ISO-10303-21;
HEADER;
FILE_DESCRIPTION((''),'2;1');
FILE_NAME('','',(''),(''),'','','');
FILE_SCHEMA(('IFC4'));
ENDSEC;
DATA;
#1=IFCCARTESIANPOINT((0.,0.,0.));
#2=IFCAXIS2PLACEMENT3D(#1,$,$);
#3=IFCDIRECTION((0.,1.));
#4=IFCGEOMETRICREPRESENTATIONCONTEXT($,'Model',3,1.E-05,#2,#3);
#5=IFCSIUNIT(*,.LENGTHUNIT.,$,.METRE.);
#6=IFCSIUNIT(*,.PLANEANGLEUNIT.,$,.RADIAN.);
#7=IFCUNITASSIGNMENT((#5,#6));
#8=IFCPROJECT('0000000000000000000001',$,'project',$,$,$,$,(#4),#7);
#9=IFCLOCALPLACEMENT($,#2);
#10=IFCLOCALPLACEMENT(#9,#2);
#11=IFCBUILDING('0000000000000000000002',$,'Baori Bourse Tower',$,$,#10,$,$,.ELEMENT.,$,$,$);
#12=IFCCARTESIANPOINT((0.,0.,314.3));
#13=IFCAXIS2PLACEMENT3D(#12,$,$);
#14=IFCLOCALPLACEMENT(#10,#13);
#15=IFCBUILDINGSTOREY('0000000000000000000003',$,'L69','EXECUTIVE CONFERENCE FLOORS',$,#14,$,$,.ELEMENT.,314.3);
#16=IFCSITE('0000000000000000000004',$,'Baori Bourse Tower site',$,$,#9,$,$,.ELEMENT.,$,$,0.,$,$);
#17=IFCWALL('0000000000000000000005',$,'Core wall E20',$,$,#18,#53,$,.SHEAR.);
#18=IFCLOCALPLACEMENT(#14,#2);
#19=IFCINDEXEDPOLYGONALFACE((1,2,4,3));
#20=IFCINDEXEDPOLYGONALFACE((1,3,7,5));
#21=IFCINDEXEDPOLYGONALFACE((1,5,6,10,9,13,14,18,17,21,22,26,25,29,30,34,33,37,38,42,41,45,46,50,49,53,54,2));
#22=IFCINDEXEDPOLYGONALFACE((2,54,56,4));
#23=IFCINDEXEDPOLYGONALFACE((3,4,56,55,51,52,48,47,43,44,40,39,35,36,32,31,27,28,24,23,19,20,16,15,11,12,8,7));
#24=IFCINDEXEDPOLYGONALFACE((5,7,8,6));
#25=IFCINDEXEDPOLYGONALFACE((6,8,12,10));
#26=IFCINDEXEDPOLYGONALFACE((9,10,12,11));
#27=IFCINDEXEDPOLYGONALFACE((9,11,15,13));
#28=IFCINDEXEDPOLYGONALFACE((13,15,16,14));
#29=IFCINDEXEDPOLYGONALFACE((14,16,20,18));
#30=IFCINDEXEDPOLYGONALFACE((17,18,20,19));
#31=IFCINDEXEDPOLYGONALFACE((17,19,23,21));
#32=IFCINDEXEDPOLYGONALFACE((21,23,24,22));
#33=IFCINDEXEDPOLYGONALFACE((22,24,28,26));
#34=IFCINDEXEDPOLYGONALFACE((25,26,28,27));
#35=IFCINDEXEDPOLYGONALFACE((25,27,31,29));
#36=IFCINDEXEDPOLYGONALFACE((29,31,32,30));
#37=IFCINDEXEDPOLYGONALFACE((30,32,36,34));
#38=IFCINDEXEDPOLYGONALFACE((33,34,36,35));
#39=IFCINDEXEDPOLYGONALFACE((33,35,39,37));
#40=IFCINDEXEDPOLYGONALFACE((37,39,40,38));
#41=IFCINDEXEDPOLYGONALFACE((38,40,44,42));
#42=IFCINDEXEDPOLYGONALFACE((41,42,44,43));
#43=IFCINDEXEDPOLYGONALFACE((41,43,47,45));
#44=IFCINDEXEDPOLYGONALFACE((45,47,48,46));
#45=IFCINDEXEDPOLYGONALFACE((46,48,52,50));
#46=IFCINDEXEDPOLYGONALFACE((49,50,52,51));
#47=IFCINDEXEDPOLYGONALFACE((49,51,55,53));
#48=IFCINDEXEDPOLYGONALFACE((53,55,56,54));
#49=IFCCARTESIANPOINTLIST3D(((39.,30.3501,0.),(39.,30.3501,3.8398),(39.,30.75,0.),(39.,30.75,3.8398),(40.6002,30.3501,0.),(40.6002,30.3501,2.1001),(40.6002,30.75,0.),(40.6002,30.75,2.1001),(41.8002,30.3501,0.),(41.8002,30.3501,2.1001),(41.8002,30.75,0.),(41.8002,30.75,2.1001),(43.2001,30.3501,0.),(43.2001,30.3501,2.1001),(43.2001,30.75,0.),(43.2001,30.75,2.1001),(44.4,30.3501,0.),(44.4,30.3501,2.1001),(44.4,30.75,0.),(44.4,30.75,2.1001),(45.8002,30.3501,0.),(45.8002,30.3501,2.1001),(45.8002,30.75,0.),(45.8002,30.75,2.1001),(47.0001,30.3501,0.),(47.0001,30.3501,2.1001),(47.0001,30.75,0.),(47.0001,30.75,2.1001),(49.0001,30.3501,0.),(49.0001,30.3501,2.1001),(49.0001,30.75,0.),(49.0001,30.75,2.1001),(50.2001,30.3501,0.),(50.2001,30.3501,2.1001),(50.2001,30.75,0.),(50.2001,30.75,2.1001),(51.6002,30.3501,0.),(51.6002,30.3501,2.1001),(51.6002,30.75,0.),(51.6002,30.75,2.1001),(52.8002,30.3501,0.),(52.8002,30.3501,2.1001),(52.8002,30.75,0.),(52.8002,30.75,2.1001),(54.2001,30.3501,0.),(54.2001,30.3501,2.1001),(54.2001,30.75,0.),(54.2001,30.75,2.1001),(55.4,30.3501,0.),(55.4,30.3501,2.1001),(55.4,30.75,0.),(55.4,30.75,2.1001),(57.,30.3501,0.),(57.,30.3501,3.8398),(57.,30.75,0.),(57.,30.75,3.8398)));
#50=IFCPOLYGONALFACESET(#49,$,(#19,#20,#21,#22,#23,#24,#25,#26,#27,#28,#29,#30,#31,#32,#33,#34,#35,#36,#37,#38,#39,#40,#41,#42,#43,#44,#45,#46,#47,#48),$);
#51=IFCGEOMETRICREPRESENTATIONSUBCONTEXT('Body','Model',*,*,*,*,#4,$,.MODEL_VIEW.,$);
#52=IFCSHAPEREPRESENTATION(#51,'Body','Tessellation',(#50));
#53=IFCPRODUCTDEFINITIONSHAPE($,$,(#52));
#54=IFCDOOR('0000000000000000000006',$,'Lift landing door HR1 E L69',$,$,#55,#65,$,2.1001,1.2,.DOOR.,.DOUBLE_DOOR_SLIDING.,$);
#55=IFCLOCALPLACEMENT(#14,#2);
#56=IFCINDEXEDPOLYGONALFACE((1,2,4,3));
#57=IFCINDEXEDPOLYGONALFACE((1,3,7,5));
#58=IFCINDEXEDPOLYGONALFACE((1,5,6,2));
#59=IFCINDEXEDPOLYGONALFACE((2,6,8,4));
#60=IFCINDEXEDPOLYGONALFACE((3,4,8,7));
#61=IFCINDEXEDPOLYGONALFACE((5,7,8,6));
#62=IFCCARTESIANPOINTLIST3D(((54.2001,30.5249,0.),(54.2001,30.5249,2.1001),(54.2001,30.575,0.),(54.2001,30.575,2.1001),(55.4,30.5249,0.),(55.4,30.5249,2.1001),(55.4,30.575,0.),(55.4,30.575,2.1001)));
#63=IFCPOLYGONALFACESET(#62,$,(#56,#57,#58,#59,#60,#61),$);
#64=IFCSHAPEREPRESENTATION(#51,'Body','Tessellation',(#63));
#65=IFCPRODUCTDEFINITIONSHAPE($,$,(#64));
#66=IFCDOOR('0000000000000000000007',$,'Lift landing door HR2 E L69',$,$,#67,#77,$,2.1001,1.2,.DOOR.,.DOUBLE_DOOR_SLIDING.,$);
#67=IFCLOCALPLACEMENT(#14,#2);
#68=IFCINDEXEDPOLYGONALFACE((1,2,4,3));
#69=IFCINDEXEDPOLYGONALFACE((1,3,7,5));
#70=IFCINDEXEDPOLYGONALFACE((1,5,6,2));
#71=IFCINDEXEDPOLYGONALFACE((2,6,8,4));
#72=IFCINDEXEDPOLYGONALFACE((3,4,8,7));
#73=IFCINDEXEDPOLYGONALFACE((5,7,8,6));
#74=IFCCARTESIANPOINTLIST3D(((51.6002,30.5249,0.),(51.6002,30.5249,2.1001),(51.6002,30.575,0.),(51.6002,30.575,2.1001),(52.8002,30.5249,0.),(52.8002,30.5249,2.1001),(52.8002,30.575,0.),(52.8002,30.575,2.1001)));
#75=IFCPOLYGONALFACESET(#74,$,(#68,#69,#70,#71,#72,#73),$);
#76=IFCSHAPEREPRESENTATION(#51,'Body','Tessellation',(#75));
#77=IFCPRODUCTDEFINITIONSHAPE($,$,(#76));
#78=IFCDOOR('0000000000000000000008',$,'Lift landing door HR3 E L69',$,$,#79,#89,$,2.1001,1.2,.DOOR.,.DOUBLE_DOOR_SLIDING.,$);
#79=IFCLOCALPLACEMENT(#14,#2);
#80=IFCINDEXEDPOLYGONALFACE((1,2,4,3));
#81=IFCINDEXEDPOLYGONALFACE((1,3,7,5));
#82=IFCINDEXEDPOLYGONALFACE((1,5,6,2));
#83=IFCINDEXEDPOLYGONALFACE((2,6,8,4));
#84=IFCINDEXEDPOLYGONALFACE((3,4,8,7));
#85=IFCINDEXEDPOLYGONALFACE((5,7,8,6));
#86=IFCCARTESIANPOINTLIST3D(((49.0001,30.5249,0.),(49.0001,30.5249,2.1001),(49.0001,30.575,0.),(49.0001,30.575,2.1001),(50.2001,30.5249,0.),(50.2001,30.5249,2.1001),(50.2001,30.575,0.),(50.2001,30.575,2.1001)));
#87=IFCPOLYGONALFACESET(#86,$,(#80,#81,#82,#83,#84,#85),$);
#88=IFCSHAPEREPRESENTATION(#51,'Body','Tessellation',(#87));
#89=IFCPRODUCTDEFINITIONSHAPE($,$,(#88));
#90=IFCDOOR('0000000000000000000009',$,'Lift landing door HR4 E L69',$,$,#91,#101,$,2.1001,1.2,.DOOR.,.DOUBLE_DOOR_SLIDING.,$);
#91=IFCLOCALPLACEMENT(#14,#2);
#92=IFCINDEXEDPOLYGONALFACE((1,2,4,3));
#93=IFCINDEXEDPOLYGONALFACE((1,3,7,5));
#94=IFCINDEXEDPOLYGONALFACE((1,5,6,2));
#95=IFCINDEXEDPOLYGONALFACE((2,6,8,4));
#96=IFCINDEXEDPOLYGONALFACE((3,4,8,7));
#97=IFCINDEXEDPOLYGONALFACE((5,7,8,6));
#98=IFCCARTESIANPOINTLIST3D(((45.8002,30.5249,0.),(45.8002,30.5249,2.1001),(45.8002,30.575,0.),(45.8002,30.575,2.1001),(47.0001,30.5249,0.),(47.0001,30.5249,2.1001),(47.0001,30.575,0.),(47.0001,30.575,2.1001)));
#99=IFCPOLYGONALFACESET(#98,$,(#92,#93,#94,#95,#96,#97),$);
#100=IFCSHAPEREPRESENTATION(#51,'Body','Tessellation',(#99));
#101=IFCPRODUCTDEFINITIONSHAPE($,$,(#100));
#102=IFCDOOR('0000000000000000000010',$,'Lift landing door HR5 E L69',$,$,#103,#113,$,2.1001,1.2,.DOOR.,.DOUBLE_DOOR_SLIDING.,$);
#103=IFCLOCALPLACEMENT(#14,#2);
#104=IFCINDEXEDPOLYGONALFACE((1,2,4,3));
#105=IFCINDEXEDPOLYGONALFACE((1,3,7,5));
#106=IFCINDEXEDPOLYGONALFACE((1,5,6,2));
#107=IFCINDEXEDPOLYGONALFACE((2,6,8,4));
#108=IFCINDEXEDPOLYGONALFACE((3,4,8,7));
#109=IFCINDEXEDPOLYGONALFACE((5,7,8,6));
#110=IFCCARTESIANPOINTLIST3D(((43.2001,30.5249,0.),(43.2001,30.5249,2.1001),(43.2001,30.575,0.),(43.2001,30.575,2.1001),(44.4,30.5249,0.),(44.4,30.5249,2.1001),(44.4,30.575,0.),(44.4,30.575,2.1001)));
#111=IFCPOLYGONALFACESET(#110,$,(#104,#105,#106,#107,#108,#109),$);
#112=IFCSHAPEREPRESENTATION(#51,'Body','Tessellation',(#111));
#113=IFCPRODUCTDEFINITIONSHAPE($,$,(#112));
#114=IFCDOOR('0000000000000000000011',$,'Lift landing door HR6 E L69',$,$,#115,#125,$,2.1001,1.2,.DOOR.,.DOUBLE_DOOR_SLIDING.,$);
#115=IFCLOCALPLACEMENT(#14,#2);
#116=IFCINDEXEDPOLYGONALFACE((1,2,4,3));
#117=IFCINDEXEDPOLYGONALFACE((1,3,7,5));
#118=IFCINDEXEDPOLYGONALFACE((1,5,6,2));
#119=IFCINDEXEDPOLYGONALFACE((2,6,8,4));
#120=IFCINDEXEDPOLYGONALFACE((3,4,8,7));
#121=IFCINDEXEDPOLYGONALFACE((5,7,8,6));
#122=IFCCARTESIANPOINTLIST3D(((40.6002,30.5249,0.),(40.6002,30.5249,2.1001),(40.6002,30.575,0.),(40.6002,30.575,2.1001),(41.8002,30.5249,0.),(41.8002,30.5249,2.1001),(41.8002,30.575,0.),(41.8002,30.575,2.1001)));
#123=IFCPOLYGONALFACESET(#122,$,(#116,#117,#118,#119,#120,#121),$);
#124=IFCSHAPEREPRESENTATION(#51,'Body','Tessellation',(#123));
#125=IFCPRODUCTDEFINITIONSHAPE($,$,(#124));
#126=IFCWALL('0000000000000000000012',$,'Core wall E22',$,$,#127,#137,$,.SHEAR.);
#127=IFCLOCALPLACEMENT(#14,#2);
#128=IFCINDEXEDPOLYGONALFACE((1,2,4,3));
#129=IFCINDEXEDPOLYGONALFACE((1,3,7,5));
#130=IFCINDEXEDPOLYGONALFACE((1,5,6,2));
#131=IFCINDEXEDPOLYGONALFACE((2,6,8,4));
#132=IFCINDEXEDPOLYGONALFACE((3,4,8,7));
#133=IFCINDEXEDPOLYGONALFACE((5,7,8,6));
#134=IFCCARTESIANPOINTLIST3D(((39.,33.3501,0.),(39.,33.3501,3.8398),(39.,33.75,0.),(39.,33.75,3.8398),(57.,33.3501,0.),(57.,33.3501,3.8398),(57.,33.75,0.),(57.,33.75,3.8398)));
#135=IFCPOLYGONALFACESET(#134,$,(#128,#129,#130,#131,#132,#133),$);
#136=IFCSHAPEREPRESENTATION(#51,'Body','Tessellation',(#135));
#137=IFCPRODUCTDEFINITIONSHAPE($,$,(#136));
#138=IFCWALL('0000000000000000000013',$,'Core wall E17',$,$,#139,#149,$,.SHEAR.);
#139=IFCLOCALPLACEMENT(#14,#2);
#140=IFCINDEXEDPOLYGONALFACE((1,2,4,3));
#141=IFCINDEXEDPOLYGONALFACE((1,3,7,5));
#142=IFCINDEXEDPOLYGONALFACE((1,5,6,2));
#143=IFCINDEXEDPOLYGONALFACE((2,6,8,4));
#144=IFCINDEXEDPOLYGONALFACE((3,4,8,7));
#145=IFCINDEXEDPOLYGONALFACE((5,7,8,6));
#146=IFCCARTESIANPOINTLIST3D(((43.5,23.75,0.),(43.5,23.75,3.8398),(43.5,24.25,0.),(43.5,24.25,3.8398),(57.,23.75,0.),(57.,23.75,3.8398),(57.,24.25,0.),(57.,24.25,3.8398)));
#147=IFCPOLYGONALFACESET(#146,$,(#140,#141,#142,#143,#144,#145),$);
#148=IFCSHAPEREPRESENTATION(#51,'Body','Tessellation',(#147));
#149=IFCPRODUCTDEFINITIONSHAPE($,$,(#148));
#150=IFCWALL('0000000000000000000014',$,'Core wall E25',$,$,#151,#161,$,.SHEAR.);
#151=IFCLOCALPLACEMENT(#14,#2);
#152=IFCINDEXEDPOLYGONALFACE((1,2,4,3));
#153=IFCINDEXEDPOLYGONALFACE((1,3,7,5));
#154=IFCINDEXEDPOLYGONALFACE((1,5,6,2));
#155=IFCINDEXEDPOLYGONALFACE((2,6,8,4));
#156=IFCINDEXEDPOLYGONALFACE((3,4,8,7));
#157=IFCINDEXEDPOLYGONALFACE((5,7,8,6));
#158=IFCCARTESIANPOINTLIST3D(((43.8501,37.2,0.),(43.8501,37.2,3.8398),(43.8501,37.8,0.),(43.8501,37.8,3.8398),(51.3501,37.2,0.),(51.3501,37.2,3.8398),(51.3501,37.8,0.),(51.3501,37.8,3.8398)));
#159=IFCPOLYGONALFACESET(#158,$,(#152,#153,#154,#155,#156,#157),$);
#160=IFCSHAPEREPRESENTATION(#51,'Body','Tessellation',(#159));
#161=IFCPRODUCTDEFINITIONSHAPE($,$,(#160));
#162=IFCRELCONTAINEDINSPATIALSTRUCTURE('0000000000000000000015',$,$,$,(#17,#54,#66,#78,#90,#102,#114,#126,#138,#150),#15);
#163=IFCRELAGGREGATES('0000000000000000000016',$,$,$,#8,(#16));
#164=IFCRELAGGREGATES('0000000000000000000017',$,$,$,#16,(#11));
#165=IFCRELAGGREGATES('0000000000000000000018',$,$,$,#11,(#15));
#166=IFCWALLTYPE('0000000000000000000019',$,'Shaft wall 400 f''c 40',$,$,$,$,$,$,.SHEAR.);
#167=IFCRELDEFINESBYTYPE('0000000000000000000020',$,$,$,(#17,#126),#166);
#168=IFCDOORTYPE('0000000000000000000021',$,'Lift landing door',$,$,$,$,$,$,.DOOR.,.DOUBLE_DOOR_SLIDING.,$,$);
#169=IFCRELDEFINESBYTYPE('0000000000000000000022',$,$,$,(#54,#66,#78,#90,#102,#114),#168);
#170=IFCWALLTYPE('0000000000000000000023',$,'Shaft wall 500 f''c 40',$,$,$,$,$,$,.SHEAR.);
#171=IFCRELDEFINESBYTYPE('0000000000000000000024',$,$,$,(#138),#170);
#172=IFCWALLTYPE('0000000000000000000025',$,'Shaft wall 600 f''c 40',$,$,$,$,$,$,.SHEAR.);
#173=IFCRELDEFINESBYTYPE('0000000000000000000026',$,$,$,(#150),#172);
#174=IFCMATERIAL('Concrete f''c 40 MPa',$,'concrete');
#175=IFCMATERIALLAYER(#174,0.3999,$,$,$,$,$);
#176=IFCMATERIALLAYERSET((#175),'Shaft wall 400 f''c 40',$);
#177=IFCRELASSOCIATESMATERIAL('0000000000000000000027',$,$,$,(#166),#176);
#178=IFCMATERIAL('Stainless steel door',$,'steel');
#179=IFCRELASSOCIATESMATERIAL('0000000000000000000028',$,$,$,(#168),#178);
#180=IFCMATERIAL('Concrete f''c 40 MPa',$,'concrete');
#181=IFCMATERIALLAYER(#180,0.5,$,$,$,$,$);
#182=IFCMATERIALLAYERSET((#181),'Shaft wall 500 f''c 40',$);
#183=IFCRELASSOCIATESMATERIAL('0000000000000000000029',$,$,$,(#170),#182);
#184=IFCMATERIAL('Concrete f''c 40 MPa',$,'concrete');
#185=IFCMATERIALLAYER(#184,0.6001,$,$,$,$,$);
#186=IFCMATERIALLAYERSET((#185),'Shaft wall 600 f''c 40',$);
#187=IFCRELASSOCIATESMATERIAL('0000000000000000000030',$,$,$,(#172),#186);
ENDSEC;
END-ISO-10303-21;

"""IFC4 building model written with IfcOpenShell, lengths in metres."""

from ifc_helpers import new_model, si_unit, direction, frame, frame_2d, origin, place, context, subcontext, project, spatial, rectangle, extrude, material, layer, layer_set, type_object, element, fill, save


model = new_model("IFC4")

# Units and contexts
model_context = context("Model", 3, precision=1e-05, world=origin(), true_north=direction((0.0, 1.0)))
body_context = subcontext(model_context, "Body", "Model", "MODEL_VIEW")
ifc_project = project(units=[si_unit("LENGTHUNIT", "METRE"), si_unit("PLANEANGLEUNIT", "RADIAN")], contexts=[model_context])

# Site, building, storey
site_placement = place(None, origin())
site = spatial("IfcSite", under=ifc_project, at=site_placement, Name="Baori Bourse Tower site", CompositionType="ELEMENT", RefElevation=0.0)
building_placement = place(site_placement, origin())
building = spatial("IfcBuilding", under=site, at=building_placement, Name="Baori Bourse Tower", CompositionType="ELEMENT")
storey_placement = place(building_placement, frame((0.0, 0.0, 314.3)))
storey = spatial("IfcBuildingStorey", under=building, at=storey_placement, Name="L69", Description="EXECUTIVE CONFERENCE FLOORS", CompositionType="ELEMENT", Elevation=314.3)

# Wall, openings, doors
ifc_material_1 = material(Name="Concrete f'c 40 MPa", Category="concrete")
ifc_layer_1 = layer(ifc_material_1, 0.3999)
ifc_layer_set_1 = layer_set([ifc_layer_1], Name="Shaft wall 400 f'c 40")
wall_type_1 = type_object("IfcWallType", Name="Shaft wall 400 f'c 40", PredefinedType="SHEAR", material=ifc_layer_set_1)
ifc_material_2 = material(Name="Stainless steel door", Category="steel")
door_type_1 = type_object("IfcDoorType", Name="Lift landing door", OperationType="DOUBLE_DOOR_SLIDING", PredefinedType="DOOR", material=ifc_material_2)
wall_1_placement = place(storey_placement, frame((39.0, 30.55, 0.0), z_axis=(0.0, 0.0, 1.0), x_axis=(1.0, 0.0, 0.0)))
wall_1 = element("IfcWall", 1, at=wall_1_placement, inside=storey, type_object=wall_type_1, Name="Core wall E20", PredefinedType="SHEAR", context=body_context, shape_type="SweptSolid", body=[
    extrude(rectangle(XDim=18.0, YDim=0.3999, at=frame_2d((9.0, 0.0))), origin(), (0.0, 0.0, 1.0), 3.8398),
])
opening_1_placement = place(wall_1_placement, frame((15.2, 0.0, 0.0)))
opening_1 = element("IfcOpeningElement", 2, at=opening_1_placement, cuts=wall_1, PredefinedType="OPENING", context=body_context, shape_type="SweptSolid", body=[
    extrude(rectangle(XDim=1.2, YDim=2.1001, at=frame_2d((0.6001, 1.05))), frame((0.0, 0.21, 0.0), z_axis=(0.0, -1.0, 0.0), x_axis=(1.0, 0.0, 0.0)), (0.0, 0.0, 1.0), 0.4199),
])
opening_2_placement = place(wall_1_placement, frame((12.6001, 0.0, 0.0)))
opening_2 = element("IfcOpeningElement", 3, at=opening_2_placement, cuts=wall_1, PredefinedType="OPENING", context=body_context, shape_type="SweptSolid", body=[
    extrude(rectangle(XDim=1.2, YDim=2.1001, at=frame_2d((0.6001, 1.05))), frame((0.0, 0.21, 0.0), z_axis=(0.0, -1.0, 0.0), x_axis=(1.0, 0.0, 0.0)), (0.0, 0.0, 1.0), 0.4199),
])
opening_3_placement = place(wall_1_placement, frame((10.0, 0.0, 0.0)))
opening_3 = element("IfcOpeningElement", 4, at=opening_3_placement, cuts=wall_1, PredefinedType="OPENING", context=body_context, shape_type="SweptSolid", body=[
    extrude(rectangle(XDim=1.2, YDim=2.1001, at=frame_2d((0.6001, 1.05))), frame((0.0, 0.21, 0.0), z_axis=(0.0, -1.0, 0.0), x_axis=(1.0, 0.0, 0.0)), (0.0, 0.0, 1.0), 0.4199),
])
opening_4_placement = place(wall_1_placement, frame((6.8, 0.0, 0.0)))
opening_4 = element("IfcOpeningElement", 5, at=opening_4_placement, cuts=wall_1, PredefinedType="OPENING", context=body_context, shape_type="SweptSolid", body=[
    extrude(rectangle(XDim=1.2, YDim=2.1001, at=frame_2d((0.6001, 1.05))), frame((0.0, 0.21, 0.0), z_axis=(0.0, -1.0, 0.0), x_axis=(1.0, 0.0, 0.0)), (0.0, 0.0, 1.0), 0.4199),
])
opening_5_placement = place(wall_1_placement, frame((4.2, 0.0, 0.0)))
opening_5 = element("IfcOpeningElement", 6, at=opening_5_placement, cuts=wall_1, PredefinedType="OPENING", context=body_context, shape_type="SweptSolid", body=[
    extrude(rectangle(XDim=1.2, YDim=2.1001, at=frame_2d((0.6001, 1.05))), frame((0.0, 0.21, 0.0), z_axis=(0.0, -1.0, 0.0), x_axis=(1.0, 0.0, 0.0)), (0.0, 0.0, 1.0), 0.4199),
])
opening_6_placement = place(wall_1_placement, frame((1.6001, 0.0, 0.0)))
opening_6 = element("IfcOpeningElement", 7, at=opening_6_placement, cuts=wall_1, PredefinedType="OPENING", context=body_context, shape_type="SweptSolid", body=[
    extrude(rectangle(XDim=1.2, YDim=2.1001, at=frame_2d((0.6001, 1.05))), frame((0.0, 0.21, 0.0), z_axis=(0.0, -1.0, 0.0), x_axis=(1.0, 0.0, 0.0)), (0.0, 0.0, 1.0), 0.4199),
])
door_1_placement = place(opening_1_placement, origin())
door_1 = element("IfcDoor", 8, at=door_1_placement, inside=storey, type_object=door_type_1, Name="Lift landing door HR1 E L69", OperationType="DOUBLE_DOOR_SLIDING", OverallHeight=2.1001, OverallWidth=1.2, PredefinedType="DOOR", context=body_context, shape_type="SweptSolid", body=[
    extrude(rectangle(XDim=1.2, YDim=2.1001, at=frame_2d((0.6001, 1.05))), frame((0.0, 0.0249, 0.0), z_axis=(0.0, -1.0, 0.0), x_axis=(1.0, 0.0, 0.0)), (0.0, 0.0, 1.0), 0.05),
])
fill(opening_1, door_1)
door_2_placement = place(opening_2_placement, origin())
door_2 = element("IfcDoor", 9, at=door_2_placement, inside=storey, type_object=door_type_1, Name="Lift landing door HR2 E L69", OperationType="DOUBLE_DOOR_SLIDING", OverallHeight=2.1001, OverallWidth=1.2, PredefinedType="DOOR", context=body_context, shape_type="SweptSolid", body=[
    extrude(rectangle(XDim=1.2, YDim=2.1001, at=frame_2d((0.6001, 1.05))), frame((0.0, 0.0249, 0.0), z_axis=(0.0, -1.0, 0.0), x_axis=(1.0, 0.0, 0.0)), (0.0, 0.0, 1.0), 0.05),
])
fill(opening_2, door_2)
door_3_placement = place(opening_3_placement, origin())
door_3 = element("IfcDoor", 10, at=door_3_placement, inside=storey, type_object=door_type_1, Name="Lift landing door HR3 E L69", OperationType="DOUBLE_DOOR_SLIDING", OverallHeight=2.1001, OverallWidth=1.2, PredefinedType="DOOR", context=body_context, shape_type="SweptSolid", body=[
    extrude(rectangle(XDim=1.2, YDim=2.1001, at=frame_2d((0.6001, 1.05))), frame((0.0, 0.0249, 0.0), z_axis=(0.0, -1.0, 0.0), x_axis=(1.0, 0.0, 0.0)), (0.0, 0.0, 1.0), 0.05),
])
fill(opening_3, door_3)
door_4_placement = place(opening_4_placement, origin())
door_4 = element("IfcDoor", 11, at=door_4_placement, inside=storey, type_object=door_type_1, Name="Lift landing door HR4 E L69", OperationType="DOUBLE_DOOR_SLIDING", OverallHeight=2.1001, OverallWidth=1.2, PredefinedType="DOOR", context=body_context, shape_type="SweptSolid", body=[
    extrude(rectangle(XDim=1.2, YDim=2.1001, at=frame_2d((0.6001, 1.05))), frame((0.0, 0.0249, 0.0), z_axis=(0.0, -1.0, 0.0), x_axis=(1.0, 0.0, 0.0)), (0.0, 0.0, 1.0), 0.05),
])
fill(opening_4, door_4)
door_5_placement = place(opening_5_placement, origin())
door_5 = element("IfcDoor", 12, at=door_5_placement, inside=storey, type_object=door_type_1, Name="Lift landing door HR5 E L69", OperationType="DOUBLE_DOOR_SLIDING", OverallHeight=2.1001, OverallWidth=1.2, PredefinedType="DOOR", context=body_context, shape_type="SweptSolid", body=[
    extrude(rectangle(XDim=1.2, YDim=2.1001, at=frame_2d((0.6001, 1.05))), frame((0.0, 0.0249, 0.0), z_axis=(0.0, -1.0, 0.0), x_axis=(1.0, 0.0, 0.0)), (0.0, 0.0, 1.0), 0.05),
])
fill(opening_5, door_5)
door_6_placement = place(opening_6_placement, origin())
door_6 = element("IfcDoor", 13, at=door_6_placement, inside=storey, type_object=door_type_1, Name="Lift landing door HR6 E L69", OperationType="DOUBLE_DOOR_SLIDING", OverallHeight=2.1001, OverallWidth=1.2, PredefinedType="DOOR", context=body_context, shape_type="SweptSolid", body=[
    extrude(rectangle(XDim=1.2, YDim=2.1001, at=frame_2d((0.6001, 1.05))), frame((0.0, 0.0249, 0.0), z_axis=(0.0, -1.0, 0.0), x_axis=(1.0, 0.0, 0.0)), (0.0, 0.0, 1.0), 0.05),
])
fill(opening_6, door_6)

# Walls
wall_2_placement = place(storey_placement, frame((39.0, 33.55, 0.0), z_axis=(0.0, 0.0, 1.0), x_axis=(1.0, 0.0, 0.0)))
element("IfcWall", 14, at=wall_2_placement, inside=storey, type_object=wall_type_1, Name="Core wall E22", PredefinedType="SHEAR", context=body_context, shape_type="SweptSolid", body=[
    extrude(rectangle(XDim=18.0, YDim=0.3999, at=frame_2d((9.0, 0.0))), origin(), (0.0, 0.0, 1.0), 3.8398),
])
ifc_material_3 = material(Name="Concrete f'c 40 MPa", Category="concrete")
ifc_layer_2 = layer(ifc_material_3, 0.5)
ifc_layer_set_2 = layer_set([ifc_layer_2], Name="Shaft wall 500 f'c 40")
wall_type_2 = type_object("IfcWallType", Name="Shaft wall 500 f'c 40", PredefinedType="SHEAR", material=ifc_layer_set_2)
wall_3_placement = place(storey_placement, frame((43.5, 24.0, 0.0), z_axis=(0.0, 0.0, 1.0), x_axis=(1.0, 0.0, 0.0)))
element("IfcWall", 15, at=wall_3_placement, inside=storey, type_object=wall_type_2, Name="Core wall E17", PredefinedType="SHEAR", context=body_context, shape_type="SweptSolid", body=[
    extrude(rectangle(XDim=13.5, YDim=0.5, at=frame_2d((6.75, 0.0))), origin(), (0.0, 0.0, 1.0), 3.8398),
])
ifc_material_4 = material(Name="Concrete f'c 40 MPa", Category="concrete")
ifc_layer_3 = layer(ifc_material_4, 0.6001)
ifc_layer_set_3 = layer_set([ifc_layer_3], Name="Shaft wall 600 f'c 40")
wall_type_3 = type_object("IfcWallType", Name="Shaft wall 600 f'c 40", PredefinedType="SHEAR", material=ifc_layer_set_3)
wall_4_placement = place(storey_placement, frame((43.8501, 37.5, 0.0), z_axis=(0.0, 0.0, 1.0), x_axis=(1.0, 0.0, 0.0)))
element("IfcWall", 16, at=wall_4_placement, inside=storey, type_object=wall_type_3, Name="Core wall E25", PredefinedType="SHEAR", context=body_context, shape_type="SweptSolid", body=[
    extrude(rectangle(XDim=7.5, YDim=0.6001, at=frame_2d((3.75, 0.0))), origin(), (0.0, 0.0, 1.0), 3.8398),
])

save(model, "model.ifc")
